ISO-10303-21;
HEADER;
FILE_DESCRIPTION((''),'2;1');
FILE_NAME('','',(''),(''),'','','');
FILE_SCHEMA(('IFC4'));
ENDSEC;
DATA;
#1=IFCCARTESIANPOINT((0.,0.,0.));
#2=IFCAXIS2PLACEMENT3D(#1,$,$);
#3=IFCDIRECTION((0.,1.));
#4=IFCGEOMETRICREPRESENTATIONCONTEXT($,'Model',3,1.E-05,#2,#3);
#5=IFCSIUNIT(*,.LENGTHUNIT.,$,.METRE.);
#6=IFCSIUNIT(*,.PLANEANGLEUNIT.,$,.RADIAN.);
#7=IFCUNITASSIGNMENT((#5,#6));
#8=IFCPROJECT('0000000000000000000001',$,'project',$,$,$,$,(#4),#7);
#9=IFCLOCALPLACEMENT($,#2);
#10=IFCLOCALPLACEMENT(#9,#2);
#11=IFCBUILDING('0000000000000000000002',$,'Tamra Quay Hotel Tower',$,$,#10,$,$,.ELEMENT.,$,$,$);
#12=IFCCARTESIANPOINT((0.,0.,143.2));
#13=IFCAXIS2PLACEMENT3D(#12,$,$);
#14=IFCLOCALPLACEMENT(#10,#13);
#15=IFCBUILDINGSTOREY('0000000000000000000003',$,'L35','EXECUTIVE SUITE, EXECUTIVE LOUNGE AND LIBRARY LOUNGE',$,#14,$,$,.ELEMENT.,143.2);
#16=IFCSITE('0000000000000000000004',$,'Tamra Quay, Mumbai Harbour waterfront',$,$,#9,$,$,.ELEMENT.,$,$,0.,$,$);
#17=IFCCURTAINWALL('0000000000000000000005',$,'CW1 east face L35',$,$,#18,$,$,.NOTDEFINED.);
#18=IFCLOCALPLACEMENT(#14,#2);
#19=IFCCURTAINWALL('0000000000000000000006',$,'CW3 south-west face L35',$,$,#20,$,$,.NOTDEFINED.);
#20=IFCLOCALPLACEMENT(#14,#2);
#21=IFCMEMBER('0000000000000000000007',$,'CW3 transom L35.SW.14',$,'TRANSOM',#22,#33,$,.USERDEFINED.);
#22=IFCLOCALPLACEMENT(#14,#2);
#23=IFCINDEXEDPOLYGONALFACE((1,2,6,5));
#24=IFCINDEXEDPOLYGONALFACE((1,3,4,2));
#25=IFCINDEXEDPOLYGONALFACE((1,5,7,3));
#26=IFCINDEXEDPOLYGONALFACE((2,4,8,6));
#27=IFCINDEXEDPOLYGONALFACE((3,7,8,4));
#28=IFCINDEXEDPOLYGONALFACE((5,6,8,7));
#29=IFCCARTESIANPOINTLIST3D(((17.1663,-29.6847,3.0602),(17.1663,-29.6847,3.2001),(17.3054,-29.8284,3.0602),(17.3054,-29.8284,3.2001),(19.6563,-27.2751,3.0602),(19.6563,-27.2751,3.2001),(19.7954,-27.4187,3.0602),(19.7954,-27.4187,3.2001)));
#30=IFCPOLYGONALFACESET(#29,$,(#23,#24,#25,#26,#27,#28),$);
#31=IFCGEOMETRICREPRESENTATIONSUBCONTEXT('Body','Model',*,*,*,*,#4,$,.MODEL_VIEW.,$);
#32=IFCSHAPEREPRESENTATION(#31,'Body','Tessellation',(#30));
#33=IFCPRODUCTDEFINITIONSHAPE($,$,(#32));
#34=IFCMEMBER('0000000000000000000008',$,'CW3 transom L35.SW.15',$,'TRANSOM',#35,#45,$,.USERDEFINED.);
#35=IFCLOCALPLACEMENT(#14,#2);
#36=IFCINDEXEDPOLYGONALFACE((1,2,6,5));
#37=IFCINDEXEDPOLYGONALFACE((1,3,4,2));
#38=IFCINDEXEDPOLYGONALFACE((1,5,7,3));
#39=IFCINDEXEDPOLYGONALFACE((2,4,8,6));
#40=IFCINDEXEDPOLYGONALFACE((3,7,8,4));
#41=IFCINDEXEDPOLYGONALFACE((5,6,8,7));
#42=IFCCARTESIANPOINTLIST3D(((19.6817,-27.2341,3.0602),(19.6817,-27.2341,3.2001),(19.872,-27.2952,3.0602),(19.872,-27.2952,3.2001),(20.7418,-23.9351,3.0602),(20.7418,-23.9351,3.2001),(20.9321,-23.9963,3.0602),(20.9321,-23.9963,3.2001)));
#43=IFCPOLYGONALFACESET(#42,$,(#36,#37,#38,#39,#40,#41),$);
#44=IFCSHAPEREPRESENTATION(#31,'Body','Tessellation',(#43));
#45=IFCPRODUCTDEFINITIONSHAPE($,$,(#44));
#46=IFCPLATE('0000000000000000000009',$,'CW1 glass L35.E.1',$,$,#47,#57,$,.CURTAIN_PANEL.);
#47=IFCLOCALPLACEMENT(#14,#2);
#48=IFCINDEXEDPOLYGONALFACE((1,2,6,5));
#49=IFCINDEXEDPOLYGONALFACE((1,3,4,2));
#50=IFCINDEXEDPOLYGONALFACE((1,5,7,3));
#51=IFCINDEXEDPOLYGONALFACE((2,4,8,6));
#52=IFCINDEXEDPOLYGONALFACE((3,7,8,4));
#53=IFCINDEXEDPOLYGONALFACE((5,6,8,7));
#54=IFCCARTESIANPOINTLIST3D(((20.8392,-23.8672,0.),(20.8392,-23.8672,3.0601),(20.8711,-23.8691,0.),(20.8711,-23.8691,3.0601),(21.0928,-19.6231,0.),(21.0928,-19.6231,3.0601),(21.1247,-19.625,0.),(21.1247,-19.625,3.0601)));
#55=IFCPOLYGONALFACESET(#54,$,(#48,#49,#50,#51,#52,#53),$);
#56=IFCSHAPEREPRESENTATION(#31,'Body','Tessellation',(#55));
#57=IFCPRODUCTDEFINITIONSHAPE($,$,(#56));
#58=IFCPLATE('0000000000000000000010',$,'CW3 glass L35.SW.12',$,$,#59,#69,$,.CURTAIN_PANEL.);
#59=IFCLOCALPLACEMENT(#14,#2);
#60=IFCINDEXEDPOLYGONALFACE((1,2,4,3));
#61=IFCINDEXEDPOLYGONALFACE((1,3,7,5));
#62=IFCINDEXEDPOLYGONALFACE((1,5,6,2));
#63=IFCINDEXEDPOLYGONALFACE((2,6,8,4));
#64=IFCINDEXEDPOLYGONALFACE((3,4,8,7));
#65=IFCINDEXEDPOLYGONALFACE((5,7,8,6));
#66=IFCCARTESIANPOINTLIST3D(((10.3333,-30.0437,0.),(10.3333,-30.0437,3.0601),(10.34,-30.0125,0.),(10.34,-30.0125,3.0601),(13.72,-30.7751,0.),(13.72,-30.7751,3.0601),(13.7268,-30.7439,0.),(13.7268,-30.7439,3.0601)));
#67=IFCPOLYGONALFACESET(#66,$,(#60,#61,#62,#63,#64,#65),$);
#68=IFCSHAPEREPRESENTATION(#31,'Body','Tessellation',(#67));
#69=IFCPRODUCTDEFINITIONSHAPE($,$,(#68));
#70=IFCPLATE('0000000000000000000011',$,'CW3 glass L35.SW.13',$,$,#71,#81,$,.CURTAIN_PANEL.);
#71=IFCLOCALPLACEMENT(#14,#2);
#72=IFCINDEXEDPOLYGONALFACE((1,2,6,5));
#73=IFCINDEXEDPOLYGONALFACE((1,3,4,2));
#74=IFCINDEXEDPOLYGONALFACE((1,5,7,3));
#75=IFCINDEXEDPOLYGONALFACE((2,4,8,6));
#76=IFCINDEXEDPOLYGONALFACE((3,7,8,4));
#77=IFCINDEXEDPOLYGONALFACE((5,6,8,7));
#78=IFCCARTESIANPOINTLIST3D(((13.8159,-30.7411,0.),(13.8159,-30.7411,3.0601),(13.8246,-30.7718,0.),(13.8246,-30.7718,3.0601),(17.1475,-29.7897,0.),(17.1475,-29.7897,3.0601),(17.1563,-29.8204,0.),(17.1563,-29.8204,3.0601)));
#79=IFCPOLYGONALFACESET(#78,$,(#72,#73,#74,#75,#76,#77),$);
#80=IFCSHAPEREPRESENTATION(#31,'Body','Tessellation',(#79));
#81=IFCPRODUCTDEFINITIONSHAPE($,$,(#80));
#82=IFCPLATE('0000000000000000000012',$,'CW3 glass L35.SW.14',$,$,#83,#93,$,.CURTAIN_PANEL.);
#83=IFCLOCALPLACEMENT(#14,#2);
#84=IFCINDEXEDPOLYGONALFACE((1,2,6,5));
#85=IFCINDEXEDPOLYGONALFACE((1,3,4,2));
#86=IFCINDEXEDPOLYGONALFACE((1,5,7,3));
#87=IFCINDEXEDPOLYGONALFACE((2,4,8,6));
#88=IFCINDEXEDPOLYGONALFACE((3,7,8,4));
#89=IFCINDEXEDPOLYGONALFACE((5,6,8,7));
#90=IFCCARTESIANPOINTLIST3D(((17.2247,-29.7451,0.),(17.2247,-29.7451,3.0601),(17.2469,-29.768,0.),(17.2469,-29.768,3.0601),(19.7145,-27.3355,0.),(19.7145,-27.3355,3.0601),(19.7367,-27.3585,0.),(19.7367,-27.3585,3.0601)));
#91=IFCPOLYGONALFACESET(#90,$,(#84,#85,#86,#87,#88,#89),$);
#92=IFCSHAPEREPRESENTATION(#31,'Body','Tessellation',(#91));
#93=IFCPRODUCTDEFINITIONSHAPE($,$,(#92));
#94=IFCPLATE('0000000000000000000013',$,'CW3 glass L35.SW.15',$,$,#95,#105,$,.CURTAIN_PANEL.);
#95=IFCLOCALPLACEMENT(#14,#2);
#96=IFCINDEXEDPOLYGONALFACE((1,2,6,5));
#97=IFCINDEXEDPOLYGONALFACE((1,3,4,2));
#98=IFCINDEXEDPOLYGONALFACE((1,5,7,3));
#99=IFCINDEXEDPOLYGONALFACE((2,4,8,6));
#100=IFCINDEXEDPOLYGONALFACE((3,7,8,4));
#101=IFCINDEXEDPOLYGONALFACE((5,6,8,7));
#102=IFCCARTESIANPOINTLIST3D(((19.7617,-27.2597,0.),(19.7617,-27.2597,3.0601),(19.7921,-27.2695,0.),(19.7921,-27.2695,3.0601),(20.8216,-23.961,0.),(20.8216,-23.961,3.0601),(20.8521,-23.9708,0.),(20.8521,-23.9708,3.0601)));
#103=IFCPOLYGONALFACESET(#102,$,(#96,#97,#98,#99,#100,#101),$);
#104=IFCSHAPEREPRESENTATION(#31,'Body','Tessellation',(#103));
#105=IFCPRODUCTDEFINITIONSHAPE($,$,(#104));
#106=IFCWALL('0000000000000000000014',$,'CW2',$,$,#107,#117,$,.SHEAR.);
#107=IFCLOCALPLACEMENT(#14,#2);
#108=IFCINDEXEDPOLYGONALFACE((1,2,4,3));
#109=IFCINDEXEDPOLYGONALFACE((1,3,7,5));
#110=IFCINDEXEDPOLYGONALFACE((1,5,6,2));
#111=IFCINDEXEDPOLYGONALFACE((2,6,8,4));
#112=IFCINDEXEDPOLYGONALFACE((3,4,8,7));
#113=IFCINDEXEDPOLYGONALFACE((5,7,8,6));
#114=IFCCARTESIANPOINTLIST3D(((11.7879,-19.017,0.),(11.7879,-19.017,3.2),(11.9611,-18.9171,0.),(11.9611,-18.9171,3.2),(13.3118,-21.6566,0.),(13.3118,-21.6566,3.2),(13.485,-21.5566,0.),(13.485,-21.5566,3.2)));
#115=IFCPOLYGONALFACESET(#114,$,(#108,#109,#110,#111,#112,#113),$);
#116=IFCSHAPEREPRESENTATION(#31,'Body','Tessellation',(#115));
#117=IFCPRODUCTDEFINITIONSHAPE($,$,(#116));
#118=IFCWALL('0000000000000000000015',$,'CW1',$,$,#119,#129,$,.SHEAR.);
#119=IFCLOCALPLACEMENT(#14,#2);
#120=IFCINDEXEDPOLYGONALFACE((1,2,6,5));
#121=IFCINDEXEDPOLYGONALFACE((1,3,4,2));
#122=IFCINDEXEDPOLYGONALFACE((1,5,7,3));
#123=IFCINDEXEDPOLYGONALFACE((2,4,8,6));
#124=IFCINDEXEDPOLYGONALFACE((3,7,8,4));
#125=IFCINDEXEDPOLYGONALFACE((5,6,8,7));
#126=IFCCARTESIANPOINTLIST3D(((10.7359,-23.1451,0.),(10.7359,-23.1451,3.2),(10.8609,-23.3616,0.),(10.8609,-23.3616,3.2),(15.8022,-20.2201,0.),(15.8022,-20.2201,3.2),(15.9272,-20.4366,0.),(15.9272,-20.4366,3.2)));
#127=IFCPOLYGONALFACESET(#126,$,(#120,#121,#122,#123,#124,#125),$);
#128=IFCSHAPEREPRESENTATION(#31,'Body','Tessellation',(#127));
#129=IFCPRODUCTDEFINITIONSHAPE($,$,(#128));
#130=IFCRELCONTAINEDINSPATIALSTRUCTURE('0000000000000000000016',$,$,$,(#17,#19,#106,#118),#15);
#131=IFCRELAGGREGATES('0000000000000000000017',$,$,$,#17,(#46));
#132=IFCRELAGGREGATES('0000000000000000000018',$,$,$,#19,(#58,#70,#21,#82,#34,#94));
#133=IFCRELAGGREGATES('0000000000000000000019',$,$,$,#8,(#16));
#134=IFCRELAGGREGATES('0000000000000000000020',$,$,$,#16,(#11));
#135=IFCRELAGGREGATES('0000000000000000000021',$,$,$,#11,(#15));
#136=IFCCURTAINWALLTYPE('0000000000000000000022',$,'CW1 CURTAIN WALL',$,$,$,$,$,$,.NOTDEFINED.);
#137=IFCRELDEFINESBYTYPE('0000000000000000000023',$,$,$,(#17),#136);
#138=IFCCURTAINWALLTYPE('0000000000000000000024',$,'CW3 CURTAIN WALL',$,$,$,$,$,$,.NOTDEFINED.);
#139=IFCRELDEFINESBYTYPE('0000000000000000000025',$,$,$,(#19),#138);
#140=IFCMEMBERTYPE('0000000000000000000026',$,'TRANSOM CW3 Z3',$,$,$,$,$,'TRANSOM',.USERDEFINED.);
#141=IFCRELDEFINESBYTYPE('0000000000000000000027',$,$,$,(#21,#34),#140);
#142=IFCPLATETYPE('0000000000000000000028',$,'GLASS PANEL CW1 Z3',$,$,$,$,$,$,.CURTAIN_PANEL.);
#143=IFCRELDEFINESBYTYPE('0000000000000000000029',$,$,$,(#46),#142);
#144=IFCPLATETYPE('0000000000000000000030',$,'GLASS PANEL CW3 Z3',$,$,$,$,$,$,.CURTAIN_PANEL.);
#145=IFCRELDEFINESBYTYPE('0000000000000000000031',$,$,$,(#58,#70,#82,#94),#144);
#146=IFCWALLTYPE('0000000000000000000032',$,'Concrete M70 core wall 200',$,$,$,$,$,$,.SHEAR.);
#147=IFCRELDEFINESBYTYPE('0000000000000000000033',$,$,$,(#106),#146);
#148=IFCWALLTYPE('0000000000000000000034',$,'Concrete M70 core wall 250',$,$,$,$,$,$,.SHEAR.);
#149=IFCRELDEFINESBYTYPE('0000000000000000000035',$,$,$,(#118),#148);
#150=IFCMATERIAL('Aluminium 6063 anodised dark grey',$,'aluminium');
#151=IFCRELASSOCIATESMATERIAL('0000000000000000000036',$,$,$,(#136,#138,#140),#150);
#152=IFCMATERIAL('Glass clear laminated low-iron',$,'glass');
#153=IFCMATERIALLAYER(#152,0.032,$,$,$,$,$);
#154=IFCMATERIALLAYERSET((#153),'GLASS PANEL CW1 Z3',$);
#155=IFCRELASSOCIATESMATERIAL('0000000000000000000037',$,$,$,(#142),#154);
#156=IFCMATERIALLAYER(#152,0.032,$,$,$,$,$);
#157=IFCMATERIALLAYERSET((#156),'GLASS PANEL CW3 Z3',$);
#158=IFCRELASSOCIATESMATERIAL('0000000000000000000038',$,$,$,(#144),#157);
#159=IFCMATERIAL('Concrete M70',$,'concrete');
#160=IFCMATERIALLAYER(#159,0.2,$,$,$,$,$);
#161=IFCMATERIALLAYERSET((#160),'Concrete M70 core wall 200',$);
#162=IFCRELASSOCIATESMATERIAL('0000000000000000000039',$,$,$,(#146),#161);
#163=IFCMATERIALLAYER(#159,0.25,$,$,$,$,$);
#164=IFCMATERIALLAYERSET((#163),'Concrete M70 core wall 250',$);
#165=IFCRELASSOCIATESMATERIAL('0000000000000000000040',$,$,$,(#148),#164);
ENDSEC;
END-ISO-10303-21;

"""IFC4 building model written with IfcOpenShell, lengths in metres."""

from ifc_helpers import new_model, si_unit, direction, frame, frame_2d, origin, origin_2d, place, context, subcontext, project, spatial, rectangle, extrude, material, layer, layer_set, material_profile, profile_set, type_object, element, aggregate, save


model = new_model("IFC4")

# Units and contexts
model_context = context("Model", 3, precision=1e-05, world=origin(), true_north=direction((0.0, 1.0)))
body_context = subcontext(model_context, "Body", "Model", "MODEL_VIEW")
ifc_project = project(units=[si_unit("LENGTHUNIT", "METRE"), si_unit("PLANEANGLEUNIT", "RADIAN")], contexts=[model_context])

# Site, building, storey
site_placement = place(None, origin())
site = spatial("IfcSite", under=ifc_project, at=site_placement, Name="Tamra Quay, Mumbai Harbour waterfront", CompositionType="ELEMENT", RefElevation=0.0)
building_placement = place(site_placement, origin())
building = spatial("IfcBuilding", under=site, at=building_placement, Name="Tamra Quay Hotel Tower", CompositionType="ELEMENT")
storey_placement = place(building_placement, frame((0.0, 0.0, 143.2)))
storey = spatial("IfcBuildingStorey", under=building, at=storey_placement, Name="L35", Description="EXECUTIVE SUITE, EXECUTIVE LOUNGE AND LIBRARY LOUNGE", CompositionType="ELEMENT", Elevation=143.2)

# Shared definitions
ifc_material_1 = material(Name="Concrete M70", Category="concrete")

# Curtain wall
ifc_material_2 = material(Name="Aluminium 6063 anodised dark grey", Category="aluminium")
curtain_wall_type_1 = type_object("IfcCurtainWallType", Name="CW1 CURTAIN WALL", PredefinedType="NOTDEFINED", material=ifc_material_2)
curtain_wall_1_placement = place(storey_placement, origin())
curtain_wall_1 = element("IfcCurtainWall", 1, at=curtain_wall_1_placement, inside=storey, type_object=curtain_wall_type_1, Name="CW1 east face L35", PredefinedType="NOTDEFINED")

# Curtain wall
curtain_wall_type_2 = type_object("IfcCurtainWallType", Name="CW3 CURTAIN WALL", PredefinedType="NOTDEFINED", material=ifc_material_2)
curtain_wall_2_placement = place(storey_placement, origin())
curtain_wall_2 = element("IfcCurtainWall", 2, at=curtain_wall_2_placement, inside=storey, type_object=curtain_wall_type_2, Name="CW3 south-west face L35", PredefinedType="NOTDEFINED")

# Members
ifc_material_profile_1 = material_profile(ifc_material_2, rectangle(XDim=0.2, YDim=0.1399, at=origin_2d()), Name="TRANSOM 200X140")
ifc_profile_set_1 = profile_set([ifc_material_profile_1], Name="Aluminium 6063 anodised dark grey")
member_type_1 = type_object("IfcMemberType", Name="TRANSOM CW3 Z3", ElementType="TRANSOM", PredefinedType="USERDEFINED", material=ifc_profile_set_1)
member_1_placement = place(storey_placement, frame((17.2358, -29.7566, 3.1301), z_axis=(0.718602, 0.695421, 0.0), x_axis=(-0.695421, 0.718602, 0.0)))
member_1 = element("IfcMember", 3, at=member_1_placement, type_object=member_type_1, Name="CW3 transom L35.SW.14", ObjectType="TRANSOM", PredefinedType="USERDEFINED", context=body_context, shape_type="SweptSolid", body=[
    extrude(rectangle(XDim=0.2, YDim=0.1399, at=origin_2d()), origin(), (0.0, 0.0, 1.0), 3.4651),
])
member_2_placement = place(storey_placement, frame((19.7769, -27.2646, 3.1301), z_axis=(0.305936, 0.952052, 0.0), x_axis=(-0.952052, 0.305936, 0.0)))
member_2 = element("IfcMember", 4, at=member_2_placement, type_object=member_type_1, Name="CW3 transom L35.SW.15", ObjectType="TRANSOM", PredefinedType="USERDEFINED", context=body_context, shape_type="SweptSolid", body=[
    extrude(rectangle(XDim=0.2, YDim=0.1399, at=origin_2d()), origin(), (0.0, 0.0, 1.0), 3.4651),
])

# Plates
ifc_material_3 = material(Name="Glass clear laminated low-iron", Category="glass")
ifc_layer_1 = layer(ifc_material_3, 0.032)
ifc_layer_set_1 = layer_set([ifc_layer_1], Name="GLASS PANEL CW1 Z3")
plate_type_1 = type_object("IfcPlateType", Name="GLASS PANEL CW1 Z3", PredefinedType="CURTAIN_PANEL", material=ifc_layer_set_1)
plate_1_placement = place(storey_placement, frame((20.9819, -21.7461, 0.0), z_axis=(0.0, 0.0, 1.0), x_axis=(0.059642, 0.99822, 0.0)))
plate_1 = element("IfcPlate", 5, at=plate_1_placement, type_object=plate_type_1, Name="CW1 glass L35.E.1", PredefinedType="CURTAIN_PANEL", context=body_context, shape_type="SweptSolid", body=[
    extrude(rectangle(XDim=4.2517, YDim=0.032, at=origin_2d()), origin(), (0.0, 0.0, 1.0), 3.0601),
])
aggregate(curtain_wall_1, [plate_1])
ifc_layer_2 = layer(ifc_material_3, 0.032)
ifc_layer_set_2 = layer_set([ifc_layer_2], Name="GLASS PANEL CW3 Z3")
plate_type_2 = type_object("IfcPlateType", Name="GLASS PANEL CW3 Z3", PredefinedType="CURTAIN_PANEL", material=ifc_layer_set_2)
plate_2_placement = place(storey_placement, frame((12.03, -30.3938, 0.0), z_axis=(0.0, 0.0, 1.0), x_axis=(0.977465, -0.211099, 0.0)))
plate_2 = element("IfcPlate", 6, at=plate_2_placement, type_object=plate_type_2, Name="CW3 glass L35.SW.12", PredefinedType="CURTAIN_PANEL", context=body_context, shape_type="SweptSolid", body=[
    extrude(rectangle(XDim=3.4648, YDim=0.032, at=origin_2d()), origin(), (0.0, 0.0, 1.0), 3.0601),
])
plate_3_placement = place(storey_placement, frame((15.4861, -30.2808, 0.0), z_axis=(0.0, 0.0, 1.0), x_axis=(0.961561, 0.274593, 0.0)))
plate_3 = element("IfcPlate", 7, at=plate_3_placement, type_object=plate_type_2, Name="CW3 glass L35.SW.13", PredefinedType="CURTAIN_PANEL", context=body_context, shape_type="SweptSolid", body=[
    extrude(rectangle(XDim=3.4648, YDim=0.032, at=origin_2d()), origin(), (0.0, 0.0, 1.0), 3.0601),
])
plate_4_placement = place(storey_placement, frame((18.4807, -28.5518, 0.0), z_axis=(0.0, 0.0, 1.0), x_axis=(0.718584, 0.69544, 0.0)))
plate_4 = element("IfcPlate", 8, at=plate_4_placement, type_object=plate_type_2, Name="CW3 glass L35.SW.14", PredefinedType="CURTAIN_PANEL", context=body_context, shape_type="SweptSolid", body=[
    extrude(rectangle(XDim=3.4648, YDim=0.032, at=origin_2d()), origin(), (0.0, 0.0, 1.0), 3.0601),
])
plate_5_placement = place(storey_placement, frame((20.3069, -25.6152, 0.0), z_axis=(0.0, 0.0, 1.0), x_axis=(0.305915, 0.952059, 0.0)))
plate_5 = element("IfcPlate", 9, at=plate_5_placement, type_object=plate_type_2, Name="CW3 glass L35.SW.15", PredefinedType="CURTAIN_PANEL", context=body_context, shape_type="SweptSolid", body=[
    extrude(rectangle(XDim=3.4648, YDim=0.032, at=origin_2d()), origin(), (0.0, 0.0, 1.0), 3.0601),
])
aggregate(curtain_wall_2, [plate_2, plate_3, member_1, plate_4, member_2, plate_5])

# Walls
ifc_layer_3 = layer(ifc_material_1, 0.2)
ifc_layer_set_3 = layer_set([ifc_layer_3], Name="Concrete M70 core wall 200")
wall_type_1 = type_object("IfcWallType", Name="Concrete M70 core wall 200", PredefinedType="SHEAR", material=ifc_layer_set_3)
wall_1_placement = place(storey_placement, frame((11.8745, -18.967, 0.0), z_axis=(0.0, 0.0, 1.0), x_axis=(0.499981, -0.866036, 0.0)))
element("IfcWall", 10, at=wall_1_placement, inside=storey, type_object=wall_type_1, Name="CW2", PredefinedType="SHEAR", context=body_context, shape_type="SweptSolid", body=[
    extrude(rectangle(XDim=3.0479, YDim=0.2, at=frame_2d((1.5239, 0.0))), origin(), (0.0, 0.0, 1.0), 3.2),
])
ifc_layer_4 = layer(ifc_material_1, 0.25)
ifc_layer_set_4 = layer_set([ifc_layer_4], Name="Concrete M70 core wall 250")
wall_type_2 = type_object("IfcWallType", Name="Concrete M70 core wall 250", PredefinedType="SHEAR", material=ifc_layer_set_4)
wall_2_placement = place(storey_placement, frame((15.8647, -20.3284, 0.0), z_axis=(0.0, 0.0, 1.0), x_axis=(-0.866029, -0.499995, 0.0)))
element("IfcWall", 11, at=wall_2_placement, inside=storey, type_object=wall_type_2, Name="CW1", PredefinedType="SHEAR", context=body_context, shape_type="SweptSolid", body=[
    extrude(rectangle(XDim=5.8501, YDim=0.25, at=frame_2d((2.925, 0.0))), origin(), (0.0, 0.0, 1.0), 3.2),
])

save(model, "model.ifc")
